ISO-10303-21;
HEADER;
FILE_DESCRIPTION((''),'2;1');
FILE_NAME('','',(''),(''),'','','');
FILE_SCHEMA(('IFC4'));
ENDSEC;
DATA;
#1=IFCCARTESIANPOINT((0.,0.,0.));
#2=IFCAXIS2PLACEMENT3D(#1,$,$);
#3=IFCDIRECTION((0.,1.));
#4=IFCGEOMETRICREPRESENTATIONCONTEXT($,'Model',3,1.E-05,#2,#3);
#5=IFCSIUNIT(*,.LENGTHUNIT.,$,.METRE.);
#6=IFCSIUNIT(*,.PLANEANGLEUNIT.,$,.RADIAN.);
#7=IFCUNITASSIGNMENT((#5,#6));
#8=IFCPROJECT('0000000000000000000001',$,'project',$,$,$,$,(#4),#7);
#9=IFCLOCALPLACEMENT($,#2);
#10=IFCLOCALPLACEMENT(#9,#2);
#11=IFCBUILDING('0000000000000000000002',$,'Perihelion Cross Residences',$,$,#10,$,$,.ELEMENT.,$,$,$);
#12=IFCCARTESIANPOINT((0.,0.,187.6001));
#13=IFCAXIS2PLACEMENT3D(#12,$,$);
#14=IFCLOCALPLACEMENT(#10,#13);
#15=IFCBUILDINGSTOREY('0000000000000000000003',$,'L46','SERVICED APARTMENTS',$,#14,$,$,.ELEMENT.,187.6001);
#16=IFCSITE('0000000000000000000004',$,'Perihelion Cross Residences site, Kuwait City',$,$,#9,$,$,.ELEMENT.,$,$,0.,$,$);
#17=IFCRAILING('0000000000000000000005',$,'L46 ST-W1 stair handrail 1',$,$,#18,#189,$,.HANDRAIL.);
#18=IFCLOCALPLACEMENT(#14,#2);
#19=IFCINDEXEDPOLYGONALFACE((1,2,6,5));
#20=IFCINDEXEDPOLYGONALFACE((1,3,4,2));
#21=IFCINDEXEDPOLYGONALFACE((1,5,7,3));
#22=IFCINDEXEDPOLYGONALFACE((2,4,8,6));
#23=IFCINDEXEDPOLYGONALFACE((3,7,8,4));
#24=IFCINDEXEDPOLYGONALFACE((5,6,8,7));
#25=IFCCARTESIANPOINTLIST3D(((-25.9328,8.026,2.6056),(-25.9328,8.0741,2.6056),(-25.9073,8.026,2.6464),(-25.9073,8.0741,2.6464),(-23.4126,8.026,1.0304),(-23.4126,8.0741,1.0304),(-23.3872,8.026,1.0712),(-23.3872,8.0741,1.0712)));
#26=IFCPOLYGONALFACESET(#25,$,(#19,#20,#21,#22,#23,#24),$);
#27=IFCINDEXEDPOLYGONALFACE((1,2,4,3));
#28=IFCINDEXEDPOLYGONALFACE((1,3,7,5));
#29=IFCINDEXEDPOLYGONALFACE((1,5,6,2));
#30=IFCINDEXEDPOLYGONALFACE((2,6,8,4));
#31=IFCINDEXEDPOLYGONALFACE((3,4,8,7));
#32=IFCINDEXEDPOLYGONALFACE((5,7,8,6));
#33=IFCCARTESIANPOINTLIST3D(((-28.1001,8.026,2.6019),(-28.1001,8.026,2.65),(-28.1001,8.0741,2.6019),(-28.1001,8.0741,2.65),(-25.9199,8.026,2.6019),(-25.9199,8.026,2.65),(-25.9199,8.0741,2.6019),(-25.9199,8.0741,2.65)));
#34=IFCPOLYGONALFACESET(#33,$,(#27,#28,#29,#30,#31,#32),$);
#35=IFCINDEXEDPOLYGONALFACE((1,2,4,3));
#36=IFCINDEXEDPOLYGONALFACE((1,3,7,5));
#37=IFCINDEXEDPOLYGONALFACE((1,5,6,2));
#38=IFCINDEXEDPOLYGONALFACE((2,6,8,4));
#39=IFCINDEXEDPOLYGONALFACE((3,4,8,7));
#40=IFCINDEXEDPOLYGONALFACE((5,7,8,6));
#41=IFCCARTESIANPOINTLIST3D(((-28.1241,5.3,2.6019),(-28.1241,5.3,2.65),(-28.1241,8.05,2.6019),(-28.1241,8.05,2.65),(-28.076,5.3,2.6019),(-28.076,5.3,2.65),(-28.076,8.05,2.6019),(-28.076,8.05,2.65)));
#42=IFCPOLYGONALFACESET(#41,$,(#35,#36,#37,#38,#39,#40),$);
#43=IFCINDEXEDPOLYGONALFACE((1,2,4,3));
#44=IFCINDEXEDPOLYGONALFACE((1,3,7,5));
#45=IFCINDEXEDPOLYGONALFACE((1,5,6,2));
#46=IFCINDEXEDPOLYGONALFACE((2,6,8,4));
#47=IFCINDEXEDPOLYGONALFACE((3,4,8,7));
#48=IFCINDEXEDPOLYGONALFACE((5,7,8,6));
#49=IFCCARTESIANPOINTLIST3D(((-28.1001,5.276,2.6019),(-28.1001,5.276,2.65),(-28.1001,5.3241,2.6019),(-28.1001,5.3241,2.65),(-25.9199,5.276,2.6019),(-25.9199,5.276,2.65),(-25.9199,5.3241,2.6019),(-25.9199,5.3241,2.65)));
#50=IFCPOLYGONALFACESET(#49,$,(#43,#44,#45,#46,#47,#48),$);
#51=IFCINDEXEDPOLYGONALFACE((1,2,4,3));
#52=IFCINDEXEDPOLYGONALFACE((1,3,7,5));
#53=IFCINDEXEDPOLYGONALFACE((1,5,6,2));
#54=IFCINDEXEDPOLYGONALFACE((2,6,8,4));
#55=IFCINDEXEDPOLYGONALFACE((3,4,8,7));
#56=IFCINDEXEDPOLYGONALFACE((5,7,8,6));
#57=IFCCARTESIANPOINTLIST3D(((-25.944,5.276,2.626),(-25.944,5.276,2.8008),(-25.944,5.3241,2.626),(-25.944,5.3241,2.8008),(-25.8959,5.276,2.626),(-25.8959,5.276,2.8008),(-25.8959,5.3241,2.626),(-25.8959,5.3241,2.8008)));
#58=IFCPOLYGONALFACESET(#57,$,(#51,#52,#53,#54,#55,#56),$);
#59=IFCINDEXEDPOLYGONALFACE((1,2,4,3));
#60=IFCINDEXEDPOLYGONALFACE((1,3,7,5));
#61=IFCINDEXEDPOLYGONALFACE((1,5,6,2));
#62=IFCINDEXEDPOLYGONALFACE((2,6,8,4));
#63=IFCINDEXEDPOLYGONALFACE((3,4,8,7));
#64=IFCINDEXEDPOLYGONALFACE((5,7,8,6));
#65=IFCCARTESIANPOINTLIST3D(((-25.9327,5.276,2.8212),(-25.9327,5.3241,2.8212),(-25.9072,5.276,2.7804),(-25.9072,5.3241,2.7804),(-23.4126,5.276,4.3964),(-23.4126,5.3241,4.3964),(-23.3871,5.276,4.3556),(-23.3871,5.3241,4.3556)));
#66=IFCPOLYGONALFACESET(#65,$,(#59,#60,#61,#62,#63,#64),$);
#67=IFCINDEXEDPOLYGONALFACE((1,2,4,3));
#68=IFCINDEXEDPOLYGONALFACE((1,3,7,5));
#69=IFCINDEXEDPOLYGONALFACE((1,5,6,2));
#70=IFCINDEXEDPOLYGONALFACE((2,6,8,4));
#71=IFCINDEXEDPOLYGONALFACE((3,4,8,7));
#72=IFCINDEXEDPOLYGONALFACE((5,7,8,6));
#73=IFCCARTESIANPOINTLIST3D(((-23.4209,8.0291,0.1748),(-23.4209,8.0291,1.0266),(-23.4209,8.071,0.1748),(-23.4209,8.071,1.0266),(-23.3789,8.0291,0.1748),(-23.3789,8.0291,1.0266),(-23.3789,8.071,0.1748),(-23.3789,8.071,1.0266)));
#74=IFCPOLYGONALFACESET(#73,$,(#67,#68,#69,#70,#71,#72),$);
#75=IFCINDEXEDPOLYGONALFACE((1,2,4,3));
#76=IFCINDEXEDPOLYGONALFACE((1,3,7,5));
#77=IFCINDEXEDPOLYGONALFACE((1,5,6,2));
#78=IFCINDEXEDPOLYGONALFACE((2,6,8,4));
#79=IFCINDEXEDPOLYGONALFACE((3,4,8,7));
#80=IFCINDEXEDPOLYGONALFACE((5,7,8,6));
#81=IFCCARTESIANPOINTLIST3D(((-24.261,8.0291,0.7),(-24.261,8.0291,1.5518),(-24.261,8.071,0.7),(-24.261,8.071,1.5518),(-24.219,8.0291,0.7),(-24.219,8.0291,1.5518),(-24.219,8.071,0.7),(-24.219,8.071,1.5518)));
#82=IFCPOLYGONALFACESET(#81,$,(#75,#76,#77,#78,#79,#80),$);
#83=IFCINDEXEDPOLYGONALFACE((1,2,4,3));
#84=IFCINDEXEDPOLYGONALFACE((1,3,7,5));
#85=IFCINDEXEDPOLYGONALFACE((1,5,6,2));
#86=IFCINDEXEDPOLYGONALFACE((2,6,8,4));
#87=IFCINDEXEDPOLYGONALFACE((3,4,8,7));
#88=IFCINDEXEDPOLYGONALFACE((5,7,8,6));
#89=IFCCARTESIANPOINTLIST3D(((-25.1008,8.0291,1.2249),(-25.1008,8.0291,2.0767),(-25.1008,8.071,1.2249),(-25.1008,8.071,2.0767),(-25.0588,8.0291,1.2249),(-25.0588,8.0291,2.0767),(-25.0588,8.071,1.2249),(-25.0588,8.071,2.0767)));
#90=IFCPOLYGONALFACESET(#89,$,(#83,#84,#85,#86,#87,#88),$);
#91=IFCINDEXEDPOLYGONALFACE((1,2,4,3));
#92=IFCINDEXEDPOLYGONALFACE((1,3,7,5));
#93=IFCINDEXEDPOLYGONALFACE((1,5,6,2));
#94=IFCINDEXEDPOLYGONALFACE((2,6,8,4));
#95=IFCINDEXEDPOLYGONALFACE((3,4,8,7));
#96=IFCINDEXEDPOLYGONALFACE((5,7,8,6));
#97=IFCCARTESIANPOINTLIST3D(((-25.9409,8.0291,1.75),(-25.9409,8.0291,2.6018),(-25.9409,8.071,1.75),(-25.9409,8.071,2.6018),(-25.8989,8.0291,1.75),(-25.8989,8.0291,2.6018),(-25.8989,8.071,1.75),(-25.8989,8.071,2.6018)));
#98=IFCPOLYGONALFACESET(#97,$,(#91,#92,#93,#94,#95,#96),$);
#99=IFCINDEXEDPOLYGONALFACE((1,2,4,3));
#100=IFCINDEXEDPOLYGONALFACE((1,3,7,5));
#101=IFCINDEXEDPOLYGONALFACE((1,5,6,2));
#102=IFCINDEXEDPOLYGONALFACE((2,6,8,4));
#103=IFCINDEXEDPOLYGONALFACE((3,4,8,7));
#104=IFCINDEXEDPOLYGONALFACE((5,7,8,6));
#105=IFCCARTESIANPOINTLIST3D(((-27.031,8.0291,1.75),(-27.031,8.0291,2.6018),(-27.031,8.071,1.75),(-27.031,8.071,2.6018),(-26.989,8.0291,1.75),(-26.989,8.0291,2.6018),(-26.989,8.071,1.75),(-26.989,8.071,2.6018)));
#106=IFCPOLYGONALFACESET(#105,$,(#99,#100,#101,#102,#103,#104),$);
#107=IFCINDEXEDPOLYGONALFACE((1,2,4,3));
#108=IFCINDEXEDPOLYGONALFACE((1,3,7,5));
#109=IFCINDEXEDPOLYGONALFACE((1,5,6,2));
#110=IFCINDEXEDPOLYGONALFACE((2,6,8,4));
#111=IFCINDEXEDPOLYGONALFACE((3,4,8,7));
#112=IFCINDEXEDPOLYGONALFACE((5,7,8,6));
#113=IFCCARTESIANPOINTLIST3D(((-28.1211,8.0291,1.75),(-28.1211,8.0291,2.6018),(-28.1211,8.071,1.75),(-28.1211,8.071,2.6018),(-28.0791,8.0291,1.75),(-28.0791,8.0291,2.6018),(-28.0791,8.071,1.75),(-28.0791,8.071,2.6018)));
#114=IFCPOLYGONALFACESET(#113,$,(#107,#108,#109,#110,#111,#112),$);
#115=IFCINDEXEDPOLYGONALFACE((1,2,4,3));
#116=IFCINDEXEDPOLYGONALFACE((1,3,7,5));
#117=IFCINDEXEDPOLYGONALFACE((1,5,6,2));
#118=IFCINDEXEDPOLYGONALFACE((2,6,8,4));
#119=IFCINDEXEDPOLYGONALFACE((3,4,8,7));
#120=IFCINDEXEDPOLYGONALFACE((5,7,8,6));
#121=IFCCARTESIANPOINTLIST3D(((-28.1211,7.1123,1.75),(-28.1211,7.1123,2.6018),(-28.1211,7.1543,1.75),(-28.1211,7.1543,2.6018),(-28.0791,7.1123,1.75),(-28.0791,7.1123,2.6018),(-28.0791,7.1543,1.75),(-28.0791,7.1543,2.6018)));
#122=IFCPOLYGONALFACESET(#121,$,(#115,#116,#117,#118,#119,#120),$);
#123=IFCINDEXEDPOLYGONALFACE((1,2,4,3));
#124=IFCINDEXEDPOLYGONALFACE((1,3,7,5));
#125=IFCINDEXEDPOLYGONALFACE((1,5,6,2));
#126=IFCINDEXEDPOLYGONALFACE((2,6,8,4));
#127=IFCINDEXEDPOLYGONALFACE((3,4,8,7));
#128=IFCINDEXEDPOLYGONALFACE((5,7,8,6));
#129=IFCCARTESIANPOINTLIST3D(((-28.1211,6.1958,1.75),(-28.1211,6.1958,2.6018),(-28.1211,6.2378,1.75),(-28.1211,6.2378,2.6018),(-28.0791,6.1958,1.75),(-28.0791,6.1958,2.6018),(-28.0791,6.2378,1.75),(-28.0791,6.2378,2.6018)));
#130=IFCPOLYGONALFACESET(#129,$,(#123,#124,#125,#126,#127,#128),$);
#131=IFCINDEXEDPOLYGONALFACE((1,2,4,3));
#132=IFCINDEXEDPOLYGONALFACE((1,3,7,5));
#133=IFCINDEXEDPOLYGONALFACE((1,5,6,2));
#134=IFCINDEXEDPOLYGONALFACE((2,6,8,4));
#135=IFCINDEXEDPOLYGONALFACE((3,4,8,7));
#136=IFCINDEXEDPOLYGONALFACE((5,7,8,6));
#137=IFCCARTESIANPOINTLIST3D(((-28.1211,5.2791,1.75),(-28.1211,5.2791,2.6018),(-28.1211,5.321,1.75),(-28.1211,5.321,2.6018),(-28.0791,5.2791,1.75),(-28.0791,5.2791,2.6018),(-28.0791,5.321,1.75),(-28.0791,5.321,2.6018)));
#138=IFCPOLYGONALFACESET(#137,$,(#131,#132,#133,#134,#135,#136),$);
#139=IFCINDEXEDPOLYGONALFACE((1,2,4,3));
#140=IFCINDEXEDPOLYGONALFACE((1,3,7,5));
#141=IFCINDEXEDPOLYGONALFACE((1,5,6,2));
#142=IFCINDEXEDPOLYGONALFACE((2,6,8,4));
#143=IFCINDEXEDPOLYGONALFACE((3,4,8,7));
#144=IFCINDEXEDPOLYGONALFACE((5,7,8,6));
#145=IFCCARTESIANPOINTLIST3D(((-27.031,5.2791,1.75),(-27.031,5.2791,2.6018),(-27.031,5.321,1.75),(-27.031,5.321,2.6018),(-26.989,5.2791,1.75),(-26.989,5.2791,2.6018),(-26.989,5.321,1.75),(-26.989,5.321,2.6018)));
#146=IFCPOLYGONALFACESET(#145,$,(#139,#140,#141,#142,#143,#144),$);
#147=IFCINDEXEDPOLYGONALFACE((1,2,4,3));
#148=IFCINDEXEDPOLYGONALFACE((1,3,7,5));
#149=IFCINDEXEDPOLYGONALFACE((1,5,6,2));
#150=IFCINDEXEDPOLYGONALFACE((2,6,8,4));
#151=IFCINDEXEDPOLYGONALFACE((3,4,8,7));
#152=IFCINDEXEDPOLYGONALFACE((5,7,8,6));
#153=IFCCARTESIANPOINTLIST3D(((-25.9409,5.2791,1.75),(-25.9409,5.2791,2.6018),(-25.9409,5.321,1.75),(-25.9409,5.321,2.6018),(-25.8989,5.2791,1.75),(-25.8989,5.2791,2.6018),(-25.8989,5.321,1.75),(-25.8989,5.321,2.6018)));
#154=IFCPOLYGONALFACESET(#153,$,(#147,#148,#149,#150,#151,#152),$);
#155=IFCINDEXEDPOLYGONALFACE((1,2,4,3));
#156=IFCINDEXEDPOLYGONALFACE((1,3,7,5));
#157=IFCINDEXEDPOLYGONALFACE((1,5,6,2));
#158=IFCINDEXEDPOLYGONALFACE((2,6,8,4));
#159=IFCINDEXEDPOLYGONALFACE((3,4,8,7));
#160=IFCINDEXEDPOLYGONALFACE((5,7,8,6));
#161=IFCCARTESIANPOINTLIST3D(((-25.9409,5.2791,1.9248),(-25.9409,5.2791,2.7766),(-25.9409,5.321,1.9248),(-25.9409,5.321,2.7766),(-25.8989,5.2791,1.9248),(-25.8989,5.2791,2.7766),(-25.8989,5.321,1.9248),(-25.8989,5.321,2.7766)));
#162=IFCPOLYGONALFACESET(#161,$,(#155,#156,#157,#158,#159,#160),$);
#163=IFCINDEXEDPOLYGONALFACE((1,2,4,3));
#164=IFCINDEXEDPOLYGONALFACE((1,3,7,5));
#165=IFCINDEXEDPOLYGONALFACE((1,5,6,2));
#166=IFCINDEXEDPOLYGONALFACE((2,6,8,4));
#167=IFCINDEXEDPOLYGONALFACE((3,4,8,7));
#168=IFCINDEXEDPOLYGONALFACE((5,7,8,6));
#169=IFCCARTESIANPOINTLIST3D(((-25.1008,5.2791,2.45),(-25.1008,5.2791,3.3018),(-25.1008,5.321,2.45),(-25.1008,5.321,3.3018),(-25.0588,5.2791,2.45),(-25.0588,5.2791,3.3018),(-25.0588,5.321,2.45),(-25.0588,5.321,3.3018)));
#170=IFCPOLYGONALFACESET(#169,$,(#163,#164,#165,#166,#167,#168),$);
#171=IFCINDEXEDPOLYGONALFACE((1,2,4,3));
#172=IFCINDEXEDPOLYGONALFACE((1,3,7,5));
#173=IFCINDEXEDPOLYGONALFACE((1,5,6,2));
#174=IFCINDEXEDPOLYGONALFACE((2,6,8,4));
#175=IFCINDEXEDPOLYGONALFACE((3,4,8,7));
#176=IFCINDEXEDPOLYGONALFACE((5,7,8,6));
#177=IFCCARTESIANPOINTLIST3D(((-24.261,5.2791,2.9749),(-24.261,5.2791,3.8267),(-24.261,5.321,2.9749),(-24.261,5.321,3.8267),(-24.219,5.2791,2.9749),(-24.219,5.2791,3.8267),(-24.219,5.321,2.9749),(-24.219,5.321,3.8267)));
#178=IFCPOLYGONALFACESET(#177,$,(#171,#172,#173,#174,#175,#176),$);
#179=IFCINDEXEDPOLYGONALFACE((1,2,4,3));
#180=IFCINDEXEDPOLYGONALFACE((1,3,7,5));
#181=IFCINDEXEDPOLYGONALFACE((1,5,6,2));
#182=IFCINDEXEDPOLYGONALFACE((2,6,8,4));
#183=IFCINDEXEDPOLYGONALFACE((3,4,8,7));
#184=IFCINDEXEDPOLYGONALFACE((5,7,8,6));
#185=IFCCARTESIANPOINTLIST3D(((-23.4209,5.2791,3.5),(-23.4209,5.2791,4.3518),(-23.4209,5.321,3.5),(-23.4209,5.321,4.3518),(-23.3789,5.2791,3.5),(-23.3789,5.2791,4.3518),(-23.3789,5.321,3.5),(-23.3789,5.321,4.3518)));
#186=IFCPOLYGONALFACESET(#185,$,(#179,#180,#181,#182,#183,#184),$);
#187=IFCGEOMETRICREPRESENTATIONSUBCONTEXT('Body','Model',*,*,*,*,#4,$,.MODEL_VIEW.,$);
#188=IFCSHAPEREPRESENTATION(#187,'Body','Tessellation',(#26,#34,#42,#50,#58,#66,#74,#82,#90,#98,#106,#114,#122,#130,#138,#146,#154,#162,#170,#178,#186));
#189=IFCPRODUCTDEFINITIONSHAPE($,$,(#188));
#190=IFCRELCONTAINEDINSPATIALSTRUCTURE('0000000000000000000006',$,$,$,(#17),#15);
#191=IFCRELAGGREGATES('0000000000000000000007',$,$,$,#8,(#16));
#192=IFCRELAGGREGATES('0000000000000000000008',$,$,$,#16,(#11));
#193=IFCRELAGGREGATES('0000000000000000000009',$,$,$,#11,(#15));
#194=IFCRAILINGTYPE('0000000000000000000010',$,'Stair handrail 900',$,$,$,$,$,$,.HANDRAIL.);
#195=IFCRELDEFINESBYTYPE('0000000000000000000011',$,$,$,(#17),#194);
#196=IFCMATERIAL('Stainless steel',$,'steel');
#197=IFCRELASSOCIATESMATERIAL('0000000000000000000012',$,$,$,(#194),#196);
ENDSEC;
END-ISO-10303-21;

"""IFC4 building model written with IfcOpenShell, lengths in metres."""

from ifc_helpers import new_model, si_unit, direction, frame, origin, origin_2d, place, context, subcontext, project, spatial, rectangle, extrude, material, type_object, element, save


model = new_model("IFC4")

# Units and contexts
model_context = context("Model", 3, precision=1e-05, world=origin(), true_north=direction((0.0, 1.0)))
body_context = subcontext(model_context, "Body", "Model", "MODEL_VIEW")
ifc_project = project(units=[si_unit("LENGTHUNIT", "METRE"), si_unit("PLANEANGLEUNIT", "RADIAN")], contexts=[model_context])

# Site, building, storey
site_placement = place(None, origin())
site = spatial("IfcSite", under=ifc_project, at=site_placement, Name="Perihelion Cross Residences site, Kuwait City", CompositionType="ELEMENT", RefElevation=0.0)
building_placement = place(site_placement, origin())
building = spatial("IfcBuilding", under=site, at=building_placement, Name="Perihelion Cross Residences", CompositionType="ELEMENT")
storey_placement = place(building_placement, frame((0.0, 0.0, 187.6001)))
storey = spatial("IfcBuildingStorey", under=building, at=storey_placement, Name="L46", Description="SERVICED APARTMENTS", CompositionType="ELEMENT", Elevation=187.6001)

# Railing
ifc_material_1 = material(Name="Stainless steel", Category="steel")
railing_type_1 = type_object("IfcRailingType", Name="Stair handrail 900", PredefinedType="HANDRAIL", material=ifc_material_1)
railing_1_placement = place(storey_placement, frame((-23.3999, 8.05, 0.1748)))
element("IfcRailing", 1, at=railing_1_placement, inside=storey, type_object=railing_type_1, Name="L46 ST-W1 stair handrail 1", PredefinedType="HANDRAIL", context=body_context, shape_type="SweptSolid", body=[
    extrude(rectangle(XDim=0.0481, YDim=0.0481, at=origin_2d()), frame((0.0, 0.0, 0.876), z_axis=(-0.847971, 0.0, 0.530043), x_axis=(0.0, -1.0, 0.0)), (0.0, 0.0, 1.0), 2.9719),
    extrude(rectangle(XDim=0.0481, YDim=0.0481, at=origin_2d()), frame((-2.52, 0.0, 2.4512), z_axis=(-1.0, 0.0, 0.0), x_axis=(0.0, -1.0, 0.0)), (0.0, 0.0, 1.0), 2.1802),
    extrude(rectangle(XDim=0.0481, YDim=0.0481, at=origin_2d()), frame((-4.7002, 0.0, 2.4512), z_axis=(0.0, -1.0, 0.0), x_axis=(1.0, 0.0, 0.0)), (0.0, 0.0, 1.0), 2.75),
    extrude(rectangle(XDim=0.0481, YDim=0.0481, at=origin_2d()), frame((-4.7002, -2.75, 2.4512), z_axis=(1.0, 0.0, 0.0), x_axis=(0.0, 1.0, 0.0)), (0.0, 0.0, 1.0), 2.1802),
    extrude(rectangle(XDim=0.0481, YDim=0.0481, at=origin_2d()), frame((-2.52, -2.75, 2.4512), z_axis=(0.0, 0.0, 1.0), x_axis=(1.0, 0.0, 0.0)), (0.0, 0.0, 1.0), 0.1748),
    extrude(rectangle(XDim=0.0481, YDim=0.0481, at=origin_2d()), frame((-2.52, -2.75, 2.626), z_axis=(0.847971, 0.0, 0.530043), x_axis=(0.0, 1.0, 0.0)), (0.0, 0.0, 1.0), 2.9719),
    extrude(rectangle(XDim=0.042, YDim=0.042, at=origin_2d()), origin(), (0.0, 0.0, 1.0), 0.8518),
    extrude(rectangle(XDim=0.042, YDim=0.042, at=origin_2d()), frame((-0.8401, 0.0, 0.5251)), (0.0, 0.0, 1.0), 0.8518),
    extrude(rectangle(XDim=0.042, YDim=0.042, at=origin_2d()), frame((-1.6799, 0.0, 1.05)), (0.0, 0.0, 1.0), 0.8518),
    extrude(rectangle(XDim=0.042, YDim=0.042, at=origin_2d()), frame((-2.52, 0.0, 1.5752)), (0.0, 0.0, 1.0), 0.8518),
    extrude(rectangle(XDim=0.042, YDim=0.042, at=origin_2d()), frame((-3.6101, 0.0, 1.5752)), (0.0, 0.0, 1.0), 0.8518),
    extrude(rectangle(XDim=0.042, YDim=0.042, at=origin_2d()), frame((-4.7002, 0.0, 1.5752)), (0.0, 0.0, 1.0), 0.8518),
    extrude(rectangle(XDim=0.042, YDim=0.042, at=origin_2d()), frame((-4.7002, -0.9167, 1.5752)), (0.0, 0.0, 1.0), 0.8518),
    extrude(rectangle(XDim=0.042, YDim=0.042, at=origin_2d()), frame((-4.7002, -1.8333, 1.5752)), (0.0, 0.0, 1.0), 0.8518),
    extrude(rectangle(XDim=0.042, YDim=0.042, at=origin_2d()), frame((-4.7002, -2.75, 1.5752)), (0.0, 0.0, 1.0), 0.8518),
    extrude(rectangle(XDim=0.042, YDim=0.042, at=origin_2d()), frame((-3.6101, -2.75, 1.5752)), (0.0, 0.0, 1.0), 0.8518),
    extrude(rectangle(XDim=0.042, YDim=0.042, at=origin_2d()), frame((-2.52, -2.75, 1.5752)), (0.0, 0.0, 1.0), 0.8518),
    extrude(rectangle(XDim=0.042, YDim=0.042, at=origin_2d()), frame((-2.52, -2.75, 1.75)), (0.0, 0.0, 1.0), 0.8518),
    extrude(rectangle(XDim=0.042, YDim=0.042, at=origin_2d()), frame((-1.6799, -2.75, 2.2751)), (0.0, 0.0, 1.0), 0.8518),
    extrude(rectangle(XDim=0.042, YDim=0.042, at=origin_2d()), frame((-0.8401, -2.75, 2.8)), (0.0, 0.0, 1.0), 0.8518),
    extrude(rectangle(XDim=0.042, YDim=0.042, at=origin_2d()), frame((0.0, -2.75, 3.3252)), (0.0, 0.0, 1.0), 0.8518),
])

save(model, "model.ifc")
